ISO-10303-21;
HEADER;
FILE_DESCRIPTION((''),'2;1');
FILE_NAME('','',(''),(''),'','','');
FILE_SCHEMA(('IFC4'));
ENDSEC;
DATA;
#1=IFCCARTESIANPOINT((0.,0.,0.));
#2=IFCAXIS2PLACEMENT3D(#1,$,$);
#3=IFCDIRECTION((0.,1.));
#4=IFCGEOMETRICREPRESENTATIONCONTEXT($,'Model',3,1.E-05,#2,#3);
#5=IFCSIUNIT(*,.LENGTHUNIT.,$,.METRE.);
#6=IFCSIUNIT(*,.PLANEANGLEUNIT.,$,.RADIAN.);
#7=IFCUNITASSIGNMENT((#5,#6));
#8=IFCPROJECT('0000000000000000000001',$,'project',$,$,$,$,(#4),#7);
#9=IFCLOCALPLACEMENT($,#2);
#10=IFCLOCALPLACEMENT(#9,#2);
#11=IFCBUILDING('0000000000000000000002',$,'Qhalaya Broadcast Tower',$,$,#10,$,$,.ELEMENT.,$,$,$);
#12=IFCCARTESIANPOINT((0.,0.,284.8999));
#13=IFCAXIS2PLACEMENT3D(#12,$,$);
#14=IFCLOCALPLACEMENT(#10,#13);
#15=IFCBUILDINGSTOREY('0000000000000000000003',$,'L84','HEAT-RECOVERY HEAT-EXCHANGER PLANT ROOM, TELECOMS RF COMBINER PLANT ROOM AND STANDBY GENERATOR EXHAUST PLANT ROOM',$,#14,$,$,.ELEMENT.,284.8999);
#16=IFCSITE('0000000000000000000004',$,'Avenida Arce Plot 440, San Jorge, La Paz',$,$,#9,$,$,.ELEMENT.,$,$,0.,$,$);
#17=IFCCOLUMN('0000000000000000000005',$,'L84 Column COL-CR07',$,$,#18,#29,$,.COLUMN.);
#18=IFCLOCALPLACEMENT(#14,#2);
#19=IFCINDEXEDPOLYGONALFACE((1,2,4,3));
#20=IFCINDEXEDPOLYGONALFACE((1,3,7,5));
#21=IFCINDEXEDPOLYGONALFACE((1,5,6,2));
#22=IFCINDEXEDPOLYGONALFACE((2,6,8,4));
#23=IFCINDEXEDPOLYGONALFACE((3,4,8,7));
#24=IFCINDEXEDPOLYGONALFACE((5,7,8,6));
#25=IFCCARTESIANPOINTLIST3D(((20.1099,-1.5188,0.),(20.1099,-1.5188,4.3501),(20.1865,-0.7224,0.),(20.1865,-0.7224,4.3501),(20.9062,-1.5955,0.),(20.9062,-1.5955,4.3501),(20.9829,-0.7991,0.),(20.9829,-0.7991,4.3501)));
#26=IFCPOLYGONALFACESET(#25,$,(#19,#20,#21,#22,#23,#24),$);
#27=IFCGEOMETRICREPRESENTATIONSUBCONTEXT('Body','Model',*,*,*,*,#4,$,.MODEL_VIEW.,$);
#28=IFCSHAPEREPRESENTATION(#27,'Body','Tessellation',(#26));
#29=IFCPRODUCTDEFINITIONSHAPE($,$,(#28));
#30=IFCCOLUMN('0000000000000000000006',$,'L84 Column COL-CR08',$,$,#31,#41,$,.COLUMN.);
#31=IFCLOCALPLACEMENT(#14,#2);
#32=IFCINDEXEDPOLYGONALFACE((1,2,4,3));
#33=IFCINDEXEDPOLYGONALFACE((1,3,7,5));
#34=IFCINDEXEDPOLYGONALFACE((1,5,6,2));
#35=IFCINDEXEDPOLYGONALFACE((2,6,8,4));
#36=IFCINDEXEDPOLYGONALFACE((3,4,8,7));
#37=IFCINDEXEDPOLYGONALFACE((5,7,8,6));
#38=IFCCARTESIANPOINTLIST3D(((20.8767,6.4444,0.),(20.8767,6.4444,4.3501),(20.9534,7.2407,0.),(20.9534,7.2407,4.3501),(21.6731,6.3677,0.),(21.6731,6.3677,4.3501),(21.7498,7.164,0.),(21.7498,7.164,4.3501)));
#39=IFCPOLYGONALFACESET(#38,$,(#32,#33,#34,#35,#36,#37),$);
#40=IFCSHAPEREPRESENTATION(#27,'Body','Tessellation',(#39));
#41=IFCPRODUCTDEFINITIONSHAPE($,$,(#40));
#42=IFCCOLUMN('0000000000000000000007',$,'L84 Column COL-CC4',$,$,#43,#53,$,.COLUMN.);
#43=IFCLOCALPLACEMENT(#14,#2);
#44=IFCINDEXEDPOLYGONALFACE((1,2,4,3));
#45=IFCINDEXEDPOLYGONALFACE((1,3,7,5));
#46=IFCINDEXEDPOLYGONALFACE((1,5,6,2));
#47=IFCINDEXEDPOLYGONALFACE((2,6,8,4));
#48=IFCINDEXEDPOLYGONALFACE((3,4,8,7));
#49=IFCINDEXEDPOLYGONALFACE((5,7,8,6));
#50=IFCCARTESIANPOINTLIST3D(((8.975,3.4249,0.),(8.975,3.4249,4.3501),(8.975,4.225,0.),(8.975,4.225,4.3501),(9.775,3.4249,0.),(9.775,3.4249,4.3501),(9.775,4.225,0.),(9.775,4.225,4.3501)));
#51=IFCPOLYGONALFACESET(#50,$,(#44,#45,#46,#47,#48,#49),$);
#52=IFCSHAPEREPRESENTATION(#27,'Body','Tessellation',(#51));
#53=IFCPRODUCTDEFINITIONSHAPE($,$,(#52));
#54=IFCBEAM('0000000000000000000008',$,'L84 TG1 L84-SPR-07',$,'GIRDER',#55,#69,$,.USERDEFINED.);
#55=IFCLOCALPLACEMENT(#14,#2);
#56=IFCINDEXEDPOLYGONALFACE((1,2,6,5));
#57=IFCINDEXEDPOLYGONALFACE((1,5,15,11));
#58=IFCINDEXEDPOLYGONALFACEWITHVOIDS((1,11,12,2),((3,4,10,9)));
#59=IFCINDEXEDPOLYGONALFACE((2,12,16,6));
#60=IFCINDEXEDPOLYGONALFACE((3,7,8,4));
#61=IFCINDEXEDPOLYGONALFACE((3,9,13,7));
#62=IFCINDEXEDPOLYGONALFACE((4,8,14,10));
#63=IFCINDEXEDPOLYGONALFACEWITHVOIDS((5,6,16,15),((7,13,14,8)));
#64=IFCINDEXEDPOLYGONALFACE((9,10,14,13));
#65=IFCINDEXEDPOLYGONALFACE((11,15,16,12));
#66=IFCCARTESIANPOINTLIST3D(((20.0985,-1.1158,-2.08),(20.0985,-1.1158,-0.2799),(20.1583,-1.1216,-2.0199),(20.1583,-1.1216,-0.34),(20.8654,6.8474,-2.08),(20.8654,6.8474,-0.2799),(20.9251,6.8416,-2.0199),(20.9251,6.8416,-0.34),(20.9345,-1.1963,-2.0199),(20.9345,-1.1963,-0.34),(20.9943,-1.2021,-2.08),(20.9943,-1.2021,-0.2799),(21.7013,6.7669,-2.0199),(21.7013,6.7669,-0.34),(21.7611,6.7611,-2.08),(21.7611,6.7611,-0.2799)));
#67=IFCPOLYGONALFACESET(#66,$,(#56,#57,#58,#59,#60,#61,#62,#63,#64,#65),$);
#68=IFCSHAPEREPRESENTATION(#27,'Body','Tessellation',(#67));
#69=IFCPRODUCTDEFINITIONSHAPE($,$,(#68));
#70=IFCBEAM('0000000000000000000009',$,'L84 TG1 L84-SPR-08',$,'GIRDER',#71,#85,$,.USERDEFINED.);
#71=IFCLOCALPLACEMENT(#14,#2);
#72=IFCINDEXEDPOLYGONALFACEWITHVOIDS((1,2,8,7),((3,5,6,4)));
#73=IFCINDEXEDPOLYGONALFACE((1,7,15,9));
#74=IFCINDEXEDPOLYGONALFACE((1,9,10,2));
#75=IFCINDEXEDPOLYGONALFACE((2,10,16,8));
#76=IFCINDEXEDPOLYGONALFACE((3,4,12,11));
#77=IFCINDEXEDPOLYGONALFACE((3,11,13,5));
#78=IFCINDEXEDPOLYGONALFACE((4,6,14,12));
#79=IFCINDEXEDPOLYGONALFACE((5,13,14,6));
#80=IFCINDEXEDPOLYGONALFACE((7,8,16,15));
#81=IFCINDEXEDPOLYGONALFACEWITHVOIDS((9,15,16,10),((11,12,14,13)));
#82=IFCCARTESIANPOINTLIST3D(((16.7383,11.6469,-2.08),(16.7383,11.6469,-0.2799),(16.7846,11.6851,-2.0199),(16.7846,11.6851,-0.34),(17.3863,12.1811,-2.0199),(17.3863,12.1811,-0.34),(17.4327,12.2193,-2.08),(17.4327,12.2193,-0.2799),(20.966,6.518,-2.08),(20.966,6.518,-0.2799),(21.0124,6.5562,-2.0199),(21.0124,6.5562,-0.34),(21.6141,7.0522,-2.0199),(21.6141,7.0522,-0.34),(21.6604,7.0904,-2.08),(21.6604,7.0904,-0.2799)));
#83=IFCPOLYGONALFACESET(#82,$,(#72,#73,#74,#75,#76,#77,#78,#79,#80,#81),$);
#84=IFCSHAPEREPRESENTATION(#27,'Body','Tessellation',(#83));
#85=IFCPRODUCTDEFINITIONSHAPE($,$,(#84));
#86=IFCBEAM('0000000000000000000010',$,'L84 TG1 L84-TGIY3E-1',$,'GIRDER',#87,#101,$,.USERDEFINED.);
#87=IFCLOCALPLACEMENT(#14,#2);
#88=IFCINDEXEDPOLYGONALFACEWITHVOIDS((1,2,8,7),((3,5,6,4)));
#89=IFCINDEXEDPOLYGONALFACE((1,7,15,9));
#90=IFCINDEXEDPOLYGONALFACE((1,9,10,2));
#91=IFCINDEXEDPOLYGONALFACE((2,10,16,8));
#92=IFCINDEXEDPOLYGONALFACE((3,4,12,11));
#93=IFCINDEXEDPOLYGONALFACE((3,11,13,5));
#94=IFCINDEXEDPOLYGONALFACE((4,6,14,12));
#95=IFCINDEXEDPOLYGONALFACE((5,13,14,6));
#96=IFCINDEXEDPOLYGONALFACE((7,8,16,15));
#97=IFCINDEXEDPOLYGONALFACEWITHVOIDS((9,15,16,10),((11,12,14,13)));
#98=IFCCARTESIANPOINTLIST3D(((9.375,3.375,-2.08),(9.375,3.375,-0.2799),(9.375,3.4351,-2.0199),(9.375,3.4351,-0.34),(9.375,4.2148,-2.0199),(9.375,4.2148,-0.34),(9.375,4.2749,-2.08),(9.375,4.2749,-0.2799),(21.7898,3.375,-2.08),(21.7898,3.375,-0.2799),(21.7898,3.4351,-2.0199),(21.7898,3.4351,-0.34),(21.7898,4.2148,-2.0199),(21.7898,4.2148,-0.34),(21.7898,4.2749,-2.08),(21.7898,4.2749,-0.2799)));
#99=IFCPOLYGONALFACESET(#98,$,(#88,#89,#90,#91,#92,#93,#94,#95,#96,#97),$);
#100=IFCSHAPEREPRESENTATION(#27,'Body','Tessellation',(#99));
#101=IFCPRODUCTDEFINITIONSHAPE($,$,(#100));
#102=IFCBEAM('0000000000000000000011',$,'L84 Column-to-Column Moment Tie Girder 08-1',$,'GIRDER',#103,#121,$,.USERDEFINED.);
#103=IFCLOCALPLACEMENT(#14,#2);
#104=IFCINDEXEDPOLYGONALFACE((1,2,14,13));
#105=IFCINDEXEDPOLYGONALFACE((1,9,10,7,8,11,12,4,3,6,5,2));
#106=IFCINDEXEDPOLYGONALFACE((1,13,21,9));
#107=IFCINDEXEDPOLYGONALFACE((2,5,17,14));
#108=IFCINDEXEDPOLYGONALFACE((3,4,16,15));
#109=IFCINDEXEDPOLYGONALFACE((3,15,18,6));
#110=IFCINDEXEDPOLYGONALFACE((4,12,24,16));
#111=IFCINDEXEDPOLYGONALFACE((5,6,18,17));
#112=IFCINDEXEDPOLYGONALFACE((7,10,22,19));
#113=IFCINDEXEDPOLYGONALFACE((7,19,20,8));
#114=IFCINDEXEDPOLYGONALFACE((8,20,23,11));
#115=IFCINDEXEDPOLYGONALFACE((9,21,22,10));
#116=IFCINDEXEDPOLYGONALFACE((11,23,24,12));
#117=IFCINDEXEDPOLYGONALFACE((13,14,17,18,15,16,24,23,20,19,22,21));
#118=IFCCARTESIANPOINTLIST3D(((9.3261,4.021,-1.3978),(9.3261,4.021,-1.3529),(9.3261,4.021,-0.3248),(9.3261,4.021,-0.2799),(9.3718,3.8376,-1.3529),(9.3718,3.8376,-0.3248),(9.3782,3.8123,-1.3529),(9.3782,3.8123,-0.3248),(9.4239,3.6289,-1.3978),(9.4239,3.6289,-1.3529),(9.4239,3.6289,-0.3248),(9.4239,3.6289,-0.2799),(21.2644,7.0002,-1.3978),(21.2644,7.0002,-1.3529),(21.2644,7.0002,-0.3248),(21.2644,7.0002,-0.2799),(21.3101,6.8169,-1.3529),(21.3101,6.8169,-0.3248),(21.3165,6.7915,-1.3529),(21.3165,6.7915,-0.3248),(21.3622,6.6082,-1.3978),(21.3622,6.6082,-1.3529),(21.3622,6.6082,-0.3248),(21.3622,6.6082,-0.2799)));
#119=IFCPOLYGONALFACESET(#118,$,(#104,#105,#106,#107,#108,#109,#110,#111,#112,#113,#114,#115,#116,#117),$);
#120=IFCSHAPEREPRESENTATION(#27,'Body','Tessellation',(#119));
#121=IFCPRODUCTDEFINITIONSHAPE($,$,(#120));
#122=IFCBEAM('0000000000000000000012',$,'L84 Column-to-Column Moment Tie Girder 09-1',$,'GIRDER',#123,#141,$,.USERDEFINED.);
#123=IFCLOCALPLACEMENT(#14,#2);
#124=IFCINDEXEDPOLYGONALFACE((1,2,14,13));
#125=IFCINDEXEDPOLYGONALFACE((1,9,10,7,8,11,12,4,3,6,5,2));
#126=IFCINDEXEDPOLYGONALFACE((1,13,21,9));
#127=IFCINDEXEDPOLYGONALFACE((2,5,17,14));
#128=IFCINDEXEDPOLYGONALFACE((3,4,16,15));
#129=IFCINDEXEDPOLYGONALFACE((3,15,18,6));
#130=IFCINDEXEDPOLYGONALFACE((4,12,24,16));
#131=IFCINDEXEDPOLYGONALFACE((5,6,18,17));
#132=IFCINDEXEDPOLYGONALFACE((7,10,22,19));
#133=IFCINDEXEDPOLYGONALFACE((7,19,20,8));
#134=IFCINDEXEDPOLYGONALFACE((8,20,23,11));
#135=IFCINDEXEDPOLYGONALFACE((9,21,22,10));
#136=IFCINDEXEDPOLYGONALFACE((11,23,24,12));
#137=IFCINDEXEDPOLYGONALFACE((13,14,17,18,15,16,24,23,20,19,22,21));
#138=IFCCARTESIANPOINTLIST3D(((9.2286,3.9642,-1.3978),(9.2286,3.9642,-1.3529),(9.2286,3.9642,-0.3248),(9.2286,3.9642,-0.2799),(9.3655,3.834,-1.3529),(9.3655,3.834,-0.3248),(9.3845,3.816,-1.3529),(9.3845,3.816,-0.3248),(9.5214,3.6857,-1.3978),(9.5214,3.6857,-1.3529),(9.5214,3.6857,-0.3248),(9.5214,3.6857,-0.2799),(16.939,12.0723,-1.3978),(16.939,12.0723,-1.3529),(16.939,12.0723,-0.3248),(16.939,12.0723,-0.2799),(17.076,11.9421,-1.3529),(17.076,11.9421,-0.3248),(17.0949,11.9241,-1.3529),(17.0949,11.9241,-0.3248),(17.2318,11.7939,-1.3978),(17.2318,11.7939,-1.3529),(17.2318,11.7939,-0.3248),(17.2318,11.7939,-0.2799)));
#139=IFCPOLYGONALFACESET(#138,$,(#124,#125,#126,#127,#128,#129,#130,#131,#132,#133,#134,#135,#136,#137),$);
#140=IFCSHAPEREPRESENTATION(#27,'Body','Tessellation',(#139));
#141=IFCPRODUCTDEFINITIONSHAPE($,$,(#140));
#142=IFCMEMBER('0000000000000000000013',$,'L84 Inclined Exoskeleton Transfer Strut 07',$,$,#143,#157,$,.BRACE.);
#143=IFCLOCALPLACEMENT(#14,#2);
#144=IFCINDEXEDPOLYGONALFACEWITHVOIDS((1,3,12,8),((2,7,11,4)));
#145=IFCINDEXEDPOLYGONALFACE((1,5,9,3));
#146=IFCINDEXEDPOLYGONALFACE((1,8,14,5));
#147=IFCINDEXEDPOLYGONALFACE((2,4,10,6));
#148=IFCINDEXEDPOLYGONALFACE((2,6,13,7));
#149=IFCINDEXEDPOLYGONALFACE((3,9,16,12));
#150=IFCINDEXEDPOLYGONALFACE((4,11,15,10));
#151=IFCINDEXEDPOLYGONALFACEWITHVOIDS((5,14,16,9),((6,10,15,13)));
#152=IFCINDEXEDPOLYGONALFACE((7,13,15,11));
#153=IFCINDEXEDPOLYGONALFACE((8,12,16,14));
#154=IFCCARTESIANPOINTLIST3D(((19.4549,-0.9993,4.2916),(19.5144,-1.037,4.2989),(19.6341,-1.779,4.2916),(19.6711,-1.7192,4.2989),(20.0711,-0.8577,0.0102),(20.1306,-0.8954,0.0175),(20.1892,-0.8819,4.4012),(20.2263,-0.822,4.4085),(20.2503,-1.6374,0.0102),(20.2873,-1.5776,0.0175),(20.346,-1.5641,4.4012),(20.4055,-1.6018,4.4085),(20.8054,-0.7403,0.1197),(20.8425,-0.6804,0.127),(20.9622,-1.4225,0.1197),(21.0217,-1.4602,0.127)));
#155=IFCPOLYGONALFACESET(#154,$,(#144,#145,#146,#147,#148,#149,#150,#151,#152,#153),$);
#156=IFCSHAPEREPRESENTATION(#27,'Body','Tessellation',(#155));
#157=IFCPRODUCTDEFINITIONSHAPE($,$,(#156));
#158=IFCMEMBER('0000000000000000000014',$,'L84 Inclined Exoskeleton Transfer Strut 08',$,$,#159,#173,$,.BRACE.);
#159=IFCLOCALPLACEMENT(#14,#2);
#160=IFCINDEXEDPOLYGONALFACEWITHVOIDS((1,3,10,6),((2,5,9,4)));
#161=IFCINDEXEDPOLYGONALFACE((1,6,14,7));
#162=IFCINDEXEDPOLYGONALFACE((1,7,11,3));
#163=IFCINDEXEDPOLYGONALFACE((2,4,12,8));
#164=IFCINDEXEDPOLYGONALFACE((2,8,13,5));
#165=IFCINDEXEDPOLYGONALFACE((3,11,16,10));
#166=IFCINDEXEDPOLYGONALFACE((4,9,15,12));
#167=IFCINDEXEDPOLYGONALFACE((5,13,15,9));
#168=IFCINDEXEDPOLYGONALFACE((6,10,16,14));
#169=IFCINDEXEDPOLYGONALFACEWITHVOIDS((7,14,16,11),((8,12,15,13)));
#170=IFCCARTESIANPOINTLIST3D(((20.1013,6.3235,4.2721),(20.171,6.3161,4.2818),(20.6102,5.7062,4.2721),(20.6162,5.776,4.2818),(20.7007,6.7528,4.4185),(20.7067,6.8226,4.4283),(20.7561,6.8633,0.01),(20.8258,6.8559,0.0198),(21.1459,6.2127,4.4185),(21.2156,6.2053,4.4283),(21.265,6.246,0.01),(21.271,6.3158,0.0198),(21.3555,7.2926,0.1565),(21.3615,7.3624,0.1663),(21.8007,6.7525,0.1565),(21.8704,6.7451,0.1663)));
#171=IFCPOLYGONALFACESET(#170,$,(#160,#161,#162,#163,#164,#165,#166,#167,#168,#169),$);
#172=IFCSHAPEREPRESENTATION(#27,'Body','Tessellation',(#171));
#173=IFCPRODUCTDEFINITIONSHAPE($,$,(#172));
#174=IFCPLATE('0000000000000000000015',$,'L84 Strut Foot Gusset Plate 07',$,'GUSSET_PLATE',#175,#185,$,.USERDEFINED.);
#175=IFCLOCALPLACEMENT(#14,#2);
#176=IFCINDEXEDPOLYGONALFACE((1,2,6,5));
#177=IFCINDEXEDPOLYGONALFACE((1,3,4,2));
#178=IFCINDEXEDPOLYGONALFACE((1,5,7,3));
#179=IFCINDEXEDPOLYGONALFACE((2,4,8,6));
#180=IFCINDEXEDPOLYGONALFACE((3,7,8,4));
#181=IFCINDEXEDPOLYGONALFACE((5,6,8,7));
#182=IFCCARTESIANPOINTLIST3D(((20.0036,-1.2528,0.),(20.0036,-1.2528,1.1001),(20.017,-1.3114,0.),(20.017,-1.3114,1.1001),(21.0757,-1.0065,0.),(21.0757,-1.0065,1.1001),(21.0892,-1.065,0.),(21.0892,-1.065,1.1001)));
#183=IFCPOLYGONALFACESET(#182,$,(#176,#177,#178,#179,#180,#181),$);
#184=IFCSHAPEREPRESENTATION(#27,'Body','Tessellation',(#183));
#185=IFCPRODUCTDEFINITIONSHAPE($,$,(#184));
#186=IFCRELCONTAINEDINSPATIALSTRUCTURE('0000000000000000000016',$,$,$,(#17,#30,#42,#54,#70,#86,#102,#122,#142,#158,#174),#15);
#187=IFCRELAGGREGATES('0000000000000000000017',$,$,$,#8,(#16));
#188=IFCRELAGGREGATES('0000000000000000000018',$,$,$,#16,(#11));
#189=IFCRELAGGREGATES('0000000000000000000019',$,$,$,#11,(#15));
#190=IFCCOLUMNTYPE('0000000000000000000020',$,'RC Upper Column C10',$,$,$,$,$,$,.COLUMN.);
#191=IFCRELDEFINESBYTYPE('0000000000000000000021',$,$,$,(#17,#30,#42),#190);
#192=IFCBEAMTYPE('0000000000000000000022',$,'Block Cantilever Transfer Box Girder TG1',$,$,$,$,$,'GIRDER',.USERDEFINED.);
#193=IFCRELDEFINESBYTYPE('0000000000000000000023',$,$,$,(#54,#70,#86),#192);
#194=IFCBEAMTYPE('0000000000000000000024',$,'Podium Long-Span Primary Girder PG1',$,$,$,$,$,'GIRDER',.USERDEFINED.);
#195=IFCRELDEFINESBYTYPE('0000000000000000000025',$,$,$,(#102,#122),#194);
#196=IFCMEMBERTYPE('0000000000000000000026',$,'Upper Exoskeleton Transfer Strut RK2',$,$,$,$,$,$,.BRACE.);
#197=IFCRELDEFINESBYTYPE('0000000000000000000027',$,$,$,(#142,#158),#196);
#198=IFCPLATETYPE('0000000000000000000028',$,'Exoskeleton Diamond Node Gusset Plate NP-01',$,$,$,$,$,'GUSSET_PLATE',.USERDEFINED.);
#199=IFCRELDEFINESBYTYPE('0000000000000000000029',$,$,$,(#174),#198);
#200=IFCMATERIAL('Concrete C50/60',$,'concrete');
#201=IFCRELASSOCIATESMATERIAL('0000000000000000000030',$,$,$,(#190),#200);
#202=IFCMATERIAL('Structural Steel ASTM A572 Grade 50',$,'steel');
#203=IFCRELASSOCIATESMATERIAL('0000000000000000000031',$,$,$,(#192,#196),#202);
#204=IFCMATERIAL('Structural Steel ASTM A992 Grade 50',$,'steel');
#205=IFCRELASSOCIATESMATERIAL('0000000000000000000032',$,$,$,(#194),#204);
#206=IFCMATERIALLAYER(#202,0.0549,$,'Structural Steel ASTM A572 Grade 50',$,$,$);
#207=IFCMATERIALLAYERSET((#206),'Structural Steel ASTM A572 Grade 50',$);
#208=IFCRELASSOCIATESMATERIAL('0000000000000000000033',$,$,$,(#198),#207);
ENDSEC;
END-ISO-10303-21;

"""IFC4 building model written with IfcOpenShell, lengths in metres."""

from ifc_helpers import new_model, si_unit, direction, frame, origin, origin_2d, place, context, subcontext, project, spatial, rectangle, hollow_rectangle, i_section, extrude, material, layer, layer_set, material_profile, profile_set, type_object, element, save


model = new_model("IFC4")

# Units and contexts
model_context = context("Model", 3, precision=1e-05, world=origin(), true_north=direction((0.0, 1.0)))
body_context = subcontext(model_context, "Body", "Model", "MODEL_VIEW")
ifc_project = project(units=[si_unit("LENGTHUNIT", "METRE"), si_unit("PLANEANGLEUNIT", "RADIAN")], contexts=[model_context])

# Site, building, storey
site_placement = place(None, origin())
site = spatial("IfcSite", under=ifc_project, at=site_placement, Name="Avenida Arce Plot 440, San Jorge, La Paz", CompositionType="ELEMENT", RefElevation=0.0)
building_placement = place(site_placement, origin())
building = spatial("IfcBuilding", under=site, at=building_placement, Name="Qhalaya Broadcast Tower", CompositionType="ELEMENT")
storey_placement = place(building_placement, frame((0.0, 0.0, 284.8999)))
storey = spatial("IfcBuildingStorey", under=building, at=storey_placement, Name="L84", Description="HEAT-RECOVERY HEAT-EXCHANGER PLANT ROOM, TELECOMS RF COMBINER PLANT ROOM AND STANDBY GENERATOR EXHAUST PLANT ROOM", CompositionType="ELEMENT", Elevation=284.8999)

# Columns
ifc_material_1 = material(Name="Concrete C50/60", Category="concrete")
ifc_material_profile_1 = material_profile(ifc_material_1, rectangle(XDim=0.8, YDim=0.8, at=origin_2d()), Name="RC-COL 800x800")
ifc_profile_set_1 = profile_set([ifc_material_profile_1], Name="Concrete C50/60")
column_type = type_object("IfcColumnType", Name="RC Upper Column C10", PredefinedType="COLUMN", material=ifc_profile_set_1)
for number, where, z_axis, x_axis, name in (
    (1, (20.5464, -1.1589, 0.0), (0.0, 0.0, 1.0), (0.095846, 0.995396, 0.0), "L84 Column COL-CR07"),
    (2, (21.3132, 6.8042, 0.0), (0.0, 0.0, 1.0), (0.095846, 0.995396, 0.0), "L84 Column COL-CR08"),
    (3, (9.375, 3.825, 0.0), (0.0, 0.0, 1.0), (1.0, 0.0, 0.0), "L84 Column COL-CC4"),
):
    element("IfcColumn", number, at=place(storey_placement, frame(where, z_axis=z_axis, x_axis=x_axis)), inside=storey, type_object=column_type, Name=name, PredefinedType="COLUMN", context=body_context, shape_type="SweptSolid", body=[
        extrude(rectangle(XDim=0.8, YDim=0.8, at=origin_2d()), origin(), (0.0, 0.0, 1.0), 4.3501),
    ])

# Beams
ifc_material_2 = material(Name="Structural Steel ASTM A572 Grade 50", Category="steel")
ifc_material_profile_2 = material_profile(ifc_material_2, hollow_rectangle(XDim=0.8999, YDim=1.8, WallThickness=0.0601, at=origin_2d()), Name="BOX 900x1800x60")
ifc_profile_set_2 = profile_set([ifc_material_profile_2], Name="Structural Steel ASTM A572 Grade 50")
beam_type_1 = type_object("IfcBeamType", Name="Block Cantilever Transfer Box Girder TG1", ElementType="GIRDER", PredefinedType="USERDEFINED", material=ifc_profile_set_2)
beam_1_placement = place(storey_placement, frame((20.5464, -1.1589, -1.1799), z_axis=(0.095856, 0.995395, 0.0), x_axis=(-0.995395, 0.095856, 0.0)))
element("IfcBeam", 4, at=beam_1_placement, inside=storey, type_object=beam_type_1, Name="L84 TG1 L84-SPR-07", ObjectType="GIRDER", PredefinedType="USERDEFINED", context=body_context, shape_type="SweptSolid", body=[
    extrude(hollow_rectangle(XDim=0.8999, YDim=1.8, WallThickness=0.0601, at=origin_2d()), origin(), (0.0, 0.0, 1.0), 8.0),
])
beam_2_placement = place(storey_placement, frame((21.3132, 6.8042, -1.1799), z_axis=(-0.636064, 0.771636, 0.0), x_axis=(-0.771636, -0.636064, 0.0)))
element("IfcBeam", 5, at=beam_2_placement, inside=storey, type_object=beam_type_1, Name="L84 TG1 L84-SPR-08", ObjectType="GIRDER", PredefinedType="USERDEFINED", context=body_context, shape_type="SweptSolid", body=[
    extrude(hollow_rectangle(XDim=0.8999, YDim=1.8, WallThickness=0.0601, at=origin_2d()), origin(), (0.0, 0.0, 1.0), 6.6467),
])
beam_3_placement = place(storey_placement, frame((9.375, 3.825, -1.1799), z_axis=(1.0, 0.0, 0.0), x_axis=(0.0, 1.0, 0.0)))
element("IfcBeam", 6, at=beam_3_placement, inside=storey, type_object=beam_type_1, Name="L84 TG1 L84-TGIY3E-1", ObjectType="GIRDER", PredefinedType="USERDEFINED", context=body_context, shape_type="SweptSolid", body=[
    extrude(hollow_rectangle(XDim=0.8999, YDim=1.8, WallThickness=0.0601, at=origin_2d()), origin(), (0.0, 0.0, 1.0), 12.4148),
])
ifc_material_3 = material(Name="Structural Steel ASTM A992 Grade 50", Category="steel")
ifc_material_profile_3 = material_profile(ifc_material_3, i_section(OverallWidth=0.4041, OverallDepth=1.1179, WebThickness=0.0261, FlangeThickness=0.0449, at=origin_2d()), Name="W44X335")
ifc_profile_set_3 = profile_set([ifc_material_profile_3], Name="Structural Steel ASTM A992 Grade 50")
beam_type_2 = type_object("IfcBeamType", Name="Podium Long-Span Primary Girder PG1", ElementType="GIRDER", PredefinedType="USERDEFINED", material=ifc_profile_set_3)
beam_4_placement = place(storey_placement, frame((9.375, 3.825, -0.8389), z_axis=(0.970244, 0.242129, 0.0), x_axis=(-0.242129, 0.970244, 0.0)))
element("IfcBeam", 7, at=beam_4_placement, inside=storey, type_object=beam_type_2, Name="L84 Column-to-Column Moment Tie Girder 08-1", ObjectType="GIRDER", PredefinedType="USERDEFINED", context=body_context, shape_type="SweptSolid", body=[
    extrude(i_section(OverallWidth=0.4041, OverallDepth=1.1179, WebThickness=0.0261, FlangeThickness=0.0449, at=origin_2d()), origin(), (0.0, 0.0, 1.0), 12.3044),
])
beam_5_placement = place(storey_placement, frame((9.375, 3.825, -0.8389), z_axis=(0.689111, 0.724656, 0.0), x_axis=(-0.724656, 0.689111, 0.0)))
element("IfcBeam", 8, at=beam_5_placement, inside=storey, type_object=beam_type_2, Name="L84 Column-to-Column Moment Tie Girder 09-1", ObjectType="GIRDER", PredefinedType="USERDEFINED", context=body_context, shape_type="SweptSolid", body=[
    extrude(i_section(OverallWidth=0.4041, OverallDepth=1.1179, WebThickness=0.0261, FlangeThickness=0.0449, at=origin_2d()), origin(), (0.0, 0.0, 1.0), 11.189),
])

# Members
ifc_material_profile_4 = material_profile(ifc_material_2, hollow_rectangle(XDim=0.8, YDim=0.8, WallThickness=0.05, at=origin_2d()), Name="BOX 800x800x50")
ifc_profile_set_4 = profile_set([ifc_material_profile_4], Name="Structural Steel ASTM A572 Grade 50")
member_type = type_object("IfcMemberType", Name="Upper Exoskeleton Transfer Strut RK2", PredefinedType="BRACE", material=ifc_profile_set_4)
member_1_placement = place(storey_placement, frame((20.5464, -1.1589, 0.0686), z_axis=(-0.14238, -0.032718, 0.989271), x_axis=(0.223957, -0.974599, 0.0)))
element("IfcMember", 9, at=member_1_placement, inside=storey, type_object=member_type, Name="L84 Inclined Exoskeleton Transfer Strut 07", PredefinedType="BRACE", context=body_context, shape_type="SweptSolid", body=[
    extrude(hollow_rectangle(XDim=0.8, YDim=0.8, WallThickness=0.05, at=origin_2d()), origin(), (0.0, 0.0, 1.0), 4.3279),
])
member_2_placement = place(storey_placement, frame((21.3132, 6.8042, 0.0881), z_axis=(-0.150677, -0.124216, 0.980748), x_axis=(0.6361, -0.771606, 0.0)))
element("IfcMember", 10, at=member_2_placement, inside=storey, type_object=member_type, Name="L84 Inclined Exoskeleton Transfer Strut 08", PredefinedType="BRACE", context=body_context, shape_type="SweptSolid", body=[
    extrude(hollow_rectangle(XDim=0.8, YDim=0.8, WallThickness=0.05, at=origin_2d()), origin(), (0.0, 0.0, 1.0), 4.3457),
])

# Plate
ifc_layer_1 = layer(ifc_material_2, 0.0549, Name="Structural Steel ASTM A572 Grade 50")
ifc_layer_set_1 = layer_set([ifc_layer_1], Name="Structural Steel ASTM A572 Grade 50")
plate_type_1 = type_object("IfcPlateType", Name="Exoskeleton Diamond Node Gusset Plate NP-01", ElementType="GUSSET_PLATE", PredefinedType="USERDEFINED", material=ifc_layer_set_1)
for number, where, z_axis, x_axis, name in (
    (11, (20.5464, -1.1589, 0.0), (0.0, 0.0, 1.0), (-0.974613, -0.223897, 0.0), "L84 Strut Foot Gusset Plate 07"),
):
    element("IfcPlate", number, at=place(storey_placement, frame(where, z_axis=z_axis, x_axis=x_axis)), inside=storey, type_object=plate_type_1, Name=name, ObjectType="GUSSET_PLATE", PredefinedType="USERDEFINED", context=body_context, shape_type="SweptSolid", body=[
        extrude(rectangle(XDim=1.1001, YDim=0.0601, at=origin_2d()), origin(), (0.0, 0.0, 1.0), 1.1001),
    ])

save(model, "model.ifc")
